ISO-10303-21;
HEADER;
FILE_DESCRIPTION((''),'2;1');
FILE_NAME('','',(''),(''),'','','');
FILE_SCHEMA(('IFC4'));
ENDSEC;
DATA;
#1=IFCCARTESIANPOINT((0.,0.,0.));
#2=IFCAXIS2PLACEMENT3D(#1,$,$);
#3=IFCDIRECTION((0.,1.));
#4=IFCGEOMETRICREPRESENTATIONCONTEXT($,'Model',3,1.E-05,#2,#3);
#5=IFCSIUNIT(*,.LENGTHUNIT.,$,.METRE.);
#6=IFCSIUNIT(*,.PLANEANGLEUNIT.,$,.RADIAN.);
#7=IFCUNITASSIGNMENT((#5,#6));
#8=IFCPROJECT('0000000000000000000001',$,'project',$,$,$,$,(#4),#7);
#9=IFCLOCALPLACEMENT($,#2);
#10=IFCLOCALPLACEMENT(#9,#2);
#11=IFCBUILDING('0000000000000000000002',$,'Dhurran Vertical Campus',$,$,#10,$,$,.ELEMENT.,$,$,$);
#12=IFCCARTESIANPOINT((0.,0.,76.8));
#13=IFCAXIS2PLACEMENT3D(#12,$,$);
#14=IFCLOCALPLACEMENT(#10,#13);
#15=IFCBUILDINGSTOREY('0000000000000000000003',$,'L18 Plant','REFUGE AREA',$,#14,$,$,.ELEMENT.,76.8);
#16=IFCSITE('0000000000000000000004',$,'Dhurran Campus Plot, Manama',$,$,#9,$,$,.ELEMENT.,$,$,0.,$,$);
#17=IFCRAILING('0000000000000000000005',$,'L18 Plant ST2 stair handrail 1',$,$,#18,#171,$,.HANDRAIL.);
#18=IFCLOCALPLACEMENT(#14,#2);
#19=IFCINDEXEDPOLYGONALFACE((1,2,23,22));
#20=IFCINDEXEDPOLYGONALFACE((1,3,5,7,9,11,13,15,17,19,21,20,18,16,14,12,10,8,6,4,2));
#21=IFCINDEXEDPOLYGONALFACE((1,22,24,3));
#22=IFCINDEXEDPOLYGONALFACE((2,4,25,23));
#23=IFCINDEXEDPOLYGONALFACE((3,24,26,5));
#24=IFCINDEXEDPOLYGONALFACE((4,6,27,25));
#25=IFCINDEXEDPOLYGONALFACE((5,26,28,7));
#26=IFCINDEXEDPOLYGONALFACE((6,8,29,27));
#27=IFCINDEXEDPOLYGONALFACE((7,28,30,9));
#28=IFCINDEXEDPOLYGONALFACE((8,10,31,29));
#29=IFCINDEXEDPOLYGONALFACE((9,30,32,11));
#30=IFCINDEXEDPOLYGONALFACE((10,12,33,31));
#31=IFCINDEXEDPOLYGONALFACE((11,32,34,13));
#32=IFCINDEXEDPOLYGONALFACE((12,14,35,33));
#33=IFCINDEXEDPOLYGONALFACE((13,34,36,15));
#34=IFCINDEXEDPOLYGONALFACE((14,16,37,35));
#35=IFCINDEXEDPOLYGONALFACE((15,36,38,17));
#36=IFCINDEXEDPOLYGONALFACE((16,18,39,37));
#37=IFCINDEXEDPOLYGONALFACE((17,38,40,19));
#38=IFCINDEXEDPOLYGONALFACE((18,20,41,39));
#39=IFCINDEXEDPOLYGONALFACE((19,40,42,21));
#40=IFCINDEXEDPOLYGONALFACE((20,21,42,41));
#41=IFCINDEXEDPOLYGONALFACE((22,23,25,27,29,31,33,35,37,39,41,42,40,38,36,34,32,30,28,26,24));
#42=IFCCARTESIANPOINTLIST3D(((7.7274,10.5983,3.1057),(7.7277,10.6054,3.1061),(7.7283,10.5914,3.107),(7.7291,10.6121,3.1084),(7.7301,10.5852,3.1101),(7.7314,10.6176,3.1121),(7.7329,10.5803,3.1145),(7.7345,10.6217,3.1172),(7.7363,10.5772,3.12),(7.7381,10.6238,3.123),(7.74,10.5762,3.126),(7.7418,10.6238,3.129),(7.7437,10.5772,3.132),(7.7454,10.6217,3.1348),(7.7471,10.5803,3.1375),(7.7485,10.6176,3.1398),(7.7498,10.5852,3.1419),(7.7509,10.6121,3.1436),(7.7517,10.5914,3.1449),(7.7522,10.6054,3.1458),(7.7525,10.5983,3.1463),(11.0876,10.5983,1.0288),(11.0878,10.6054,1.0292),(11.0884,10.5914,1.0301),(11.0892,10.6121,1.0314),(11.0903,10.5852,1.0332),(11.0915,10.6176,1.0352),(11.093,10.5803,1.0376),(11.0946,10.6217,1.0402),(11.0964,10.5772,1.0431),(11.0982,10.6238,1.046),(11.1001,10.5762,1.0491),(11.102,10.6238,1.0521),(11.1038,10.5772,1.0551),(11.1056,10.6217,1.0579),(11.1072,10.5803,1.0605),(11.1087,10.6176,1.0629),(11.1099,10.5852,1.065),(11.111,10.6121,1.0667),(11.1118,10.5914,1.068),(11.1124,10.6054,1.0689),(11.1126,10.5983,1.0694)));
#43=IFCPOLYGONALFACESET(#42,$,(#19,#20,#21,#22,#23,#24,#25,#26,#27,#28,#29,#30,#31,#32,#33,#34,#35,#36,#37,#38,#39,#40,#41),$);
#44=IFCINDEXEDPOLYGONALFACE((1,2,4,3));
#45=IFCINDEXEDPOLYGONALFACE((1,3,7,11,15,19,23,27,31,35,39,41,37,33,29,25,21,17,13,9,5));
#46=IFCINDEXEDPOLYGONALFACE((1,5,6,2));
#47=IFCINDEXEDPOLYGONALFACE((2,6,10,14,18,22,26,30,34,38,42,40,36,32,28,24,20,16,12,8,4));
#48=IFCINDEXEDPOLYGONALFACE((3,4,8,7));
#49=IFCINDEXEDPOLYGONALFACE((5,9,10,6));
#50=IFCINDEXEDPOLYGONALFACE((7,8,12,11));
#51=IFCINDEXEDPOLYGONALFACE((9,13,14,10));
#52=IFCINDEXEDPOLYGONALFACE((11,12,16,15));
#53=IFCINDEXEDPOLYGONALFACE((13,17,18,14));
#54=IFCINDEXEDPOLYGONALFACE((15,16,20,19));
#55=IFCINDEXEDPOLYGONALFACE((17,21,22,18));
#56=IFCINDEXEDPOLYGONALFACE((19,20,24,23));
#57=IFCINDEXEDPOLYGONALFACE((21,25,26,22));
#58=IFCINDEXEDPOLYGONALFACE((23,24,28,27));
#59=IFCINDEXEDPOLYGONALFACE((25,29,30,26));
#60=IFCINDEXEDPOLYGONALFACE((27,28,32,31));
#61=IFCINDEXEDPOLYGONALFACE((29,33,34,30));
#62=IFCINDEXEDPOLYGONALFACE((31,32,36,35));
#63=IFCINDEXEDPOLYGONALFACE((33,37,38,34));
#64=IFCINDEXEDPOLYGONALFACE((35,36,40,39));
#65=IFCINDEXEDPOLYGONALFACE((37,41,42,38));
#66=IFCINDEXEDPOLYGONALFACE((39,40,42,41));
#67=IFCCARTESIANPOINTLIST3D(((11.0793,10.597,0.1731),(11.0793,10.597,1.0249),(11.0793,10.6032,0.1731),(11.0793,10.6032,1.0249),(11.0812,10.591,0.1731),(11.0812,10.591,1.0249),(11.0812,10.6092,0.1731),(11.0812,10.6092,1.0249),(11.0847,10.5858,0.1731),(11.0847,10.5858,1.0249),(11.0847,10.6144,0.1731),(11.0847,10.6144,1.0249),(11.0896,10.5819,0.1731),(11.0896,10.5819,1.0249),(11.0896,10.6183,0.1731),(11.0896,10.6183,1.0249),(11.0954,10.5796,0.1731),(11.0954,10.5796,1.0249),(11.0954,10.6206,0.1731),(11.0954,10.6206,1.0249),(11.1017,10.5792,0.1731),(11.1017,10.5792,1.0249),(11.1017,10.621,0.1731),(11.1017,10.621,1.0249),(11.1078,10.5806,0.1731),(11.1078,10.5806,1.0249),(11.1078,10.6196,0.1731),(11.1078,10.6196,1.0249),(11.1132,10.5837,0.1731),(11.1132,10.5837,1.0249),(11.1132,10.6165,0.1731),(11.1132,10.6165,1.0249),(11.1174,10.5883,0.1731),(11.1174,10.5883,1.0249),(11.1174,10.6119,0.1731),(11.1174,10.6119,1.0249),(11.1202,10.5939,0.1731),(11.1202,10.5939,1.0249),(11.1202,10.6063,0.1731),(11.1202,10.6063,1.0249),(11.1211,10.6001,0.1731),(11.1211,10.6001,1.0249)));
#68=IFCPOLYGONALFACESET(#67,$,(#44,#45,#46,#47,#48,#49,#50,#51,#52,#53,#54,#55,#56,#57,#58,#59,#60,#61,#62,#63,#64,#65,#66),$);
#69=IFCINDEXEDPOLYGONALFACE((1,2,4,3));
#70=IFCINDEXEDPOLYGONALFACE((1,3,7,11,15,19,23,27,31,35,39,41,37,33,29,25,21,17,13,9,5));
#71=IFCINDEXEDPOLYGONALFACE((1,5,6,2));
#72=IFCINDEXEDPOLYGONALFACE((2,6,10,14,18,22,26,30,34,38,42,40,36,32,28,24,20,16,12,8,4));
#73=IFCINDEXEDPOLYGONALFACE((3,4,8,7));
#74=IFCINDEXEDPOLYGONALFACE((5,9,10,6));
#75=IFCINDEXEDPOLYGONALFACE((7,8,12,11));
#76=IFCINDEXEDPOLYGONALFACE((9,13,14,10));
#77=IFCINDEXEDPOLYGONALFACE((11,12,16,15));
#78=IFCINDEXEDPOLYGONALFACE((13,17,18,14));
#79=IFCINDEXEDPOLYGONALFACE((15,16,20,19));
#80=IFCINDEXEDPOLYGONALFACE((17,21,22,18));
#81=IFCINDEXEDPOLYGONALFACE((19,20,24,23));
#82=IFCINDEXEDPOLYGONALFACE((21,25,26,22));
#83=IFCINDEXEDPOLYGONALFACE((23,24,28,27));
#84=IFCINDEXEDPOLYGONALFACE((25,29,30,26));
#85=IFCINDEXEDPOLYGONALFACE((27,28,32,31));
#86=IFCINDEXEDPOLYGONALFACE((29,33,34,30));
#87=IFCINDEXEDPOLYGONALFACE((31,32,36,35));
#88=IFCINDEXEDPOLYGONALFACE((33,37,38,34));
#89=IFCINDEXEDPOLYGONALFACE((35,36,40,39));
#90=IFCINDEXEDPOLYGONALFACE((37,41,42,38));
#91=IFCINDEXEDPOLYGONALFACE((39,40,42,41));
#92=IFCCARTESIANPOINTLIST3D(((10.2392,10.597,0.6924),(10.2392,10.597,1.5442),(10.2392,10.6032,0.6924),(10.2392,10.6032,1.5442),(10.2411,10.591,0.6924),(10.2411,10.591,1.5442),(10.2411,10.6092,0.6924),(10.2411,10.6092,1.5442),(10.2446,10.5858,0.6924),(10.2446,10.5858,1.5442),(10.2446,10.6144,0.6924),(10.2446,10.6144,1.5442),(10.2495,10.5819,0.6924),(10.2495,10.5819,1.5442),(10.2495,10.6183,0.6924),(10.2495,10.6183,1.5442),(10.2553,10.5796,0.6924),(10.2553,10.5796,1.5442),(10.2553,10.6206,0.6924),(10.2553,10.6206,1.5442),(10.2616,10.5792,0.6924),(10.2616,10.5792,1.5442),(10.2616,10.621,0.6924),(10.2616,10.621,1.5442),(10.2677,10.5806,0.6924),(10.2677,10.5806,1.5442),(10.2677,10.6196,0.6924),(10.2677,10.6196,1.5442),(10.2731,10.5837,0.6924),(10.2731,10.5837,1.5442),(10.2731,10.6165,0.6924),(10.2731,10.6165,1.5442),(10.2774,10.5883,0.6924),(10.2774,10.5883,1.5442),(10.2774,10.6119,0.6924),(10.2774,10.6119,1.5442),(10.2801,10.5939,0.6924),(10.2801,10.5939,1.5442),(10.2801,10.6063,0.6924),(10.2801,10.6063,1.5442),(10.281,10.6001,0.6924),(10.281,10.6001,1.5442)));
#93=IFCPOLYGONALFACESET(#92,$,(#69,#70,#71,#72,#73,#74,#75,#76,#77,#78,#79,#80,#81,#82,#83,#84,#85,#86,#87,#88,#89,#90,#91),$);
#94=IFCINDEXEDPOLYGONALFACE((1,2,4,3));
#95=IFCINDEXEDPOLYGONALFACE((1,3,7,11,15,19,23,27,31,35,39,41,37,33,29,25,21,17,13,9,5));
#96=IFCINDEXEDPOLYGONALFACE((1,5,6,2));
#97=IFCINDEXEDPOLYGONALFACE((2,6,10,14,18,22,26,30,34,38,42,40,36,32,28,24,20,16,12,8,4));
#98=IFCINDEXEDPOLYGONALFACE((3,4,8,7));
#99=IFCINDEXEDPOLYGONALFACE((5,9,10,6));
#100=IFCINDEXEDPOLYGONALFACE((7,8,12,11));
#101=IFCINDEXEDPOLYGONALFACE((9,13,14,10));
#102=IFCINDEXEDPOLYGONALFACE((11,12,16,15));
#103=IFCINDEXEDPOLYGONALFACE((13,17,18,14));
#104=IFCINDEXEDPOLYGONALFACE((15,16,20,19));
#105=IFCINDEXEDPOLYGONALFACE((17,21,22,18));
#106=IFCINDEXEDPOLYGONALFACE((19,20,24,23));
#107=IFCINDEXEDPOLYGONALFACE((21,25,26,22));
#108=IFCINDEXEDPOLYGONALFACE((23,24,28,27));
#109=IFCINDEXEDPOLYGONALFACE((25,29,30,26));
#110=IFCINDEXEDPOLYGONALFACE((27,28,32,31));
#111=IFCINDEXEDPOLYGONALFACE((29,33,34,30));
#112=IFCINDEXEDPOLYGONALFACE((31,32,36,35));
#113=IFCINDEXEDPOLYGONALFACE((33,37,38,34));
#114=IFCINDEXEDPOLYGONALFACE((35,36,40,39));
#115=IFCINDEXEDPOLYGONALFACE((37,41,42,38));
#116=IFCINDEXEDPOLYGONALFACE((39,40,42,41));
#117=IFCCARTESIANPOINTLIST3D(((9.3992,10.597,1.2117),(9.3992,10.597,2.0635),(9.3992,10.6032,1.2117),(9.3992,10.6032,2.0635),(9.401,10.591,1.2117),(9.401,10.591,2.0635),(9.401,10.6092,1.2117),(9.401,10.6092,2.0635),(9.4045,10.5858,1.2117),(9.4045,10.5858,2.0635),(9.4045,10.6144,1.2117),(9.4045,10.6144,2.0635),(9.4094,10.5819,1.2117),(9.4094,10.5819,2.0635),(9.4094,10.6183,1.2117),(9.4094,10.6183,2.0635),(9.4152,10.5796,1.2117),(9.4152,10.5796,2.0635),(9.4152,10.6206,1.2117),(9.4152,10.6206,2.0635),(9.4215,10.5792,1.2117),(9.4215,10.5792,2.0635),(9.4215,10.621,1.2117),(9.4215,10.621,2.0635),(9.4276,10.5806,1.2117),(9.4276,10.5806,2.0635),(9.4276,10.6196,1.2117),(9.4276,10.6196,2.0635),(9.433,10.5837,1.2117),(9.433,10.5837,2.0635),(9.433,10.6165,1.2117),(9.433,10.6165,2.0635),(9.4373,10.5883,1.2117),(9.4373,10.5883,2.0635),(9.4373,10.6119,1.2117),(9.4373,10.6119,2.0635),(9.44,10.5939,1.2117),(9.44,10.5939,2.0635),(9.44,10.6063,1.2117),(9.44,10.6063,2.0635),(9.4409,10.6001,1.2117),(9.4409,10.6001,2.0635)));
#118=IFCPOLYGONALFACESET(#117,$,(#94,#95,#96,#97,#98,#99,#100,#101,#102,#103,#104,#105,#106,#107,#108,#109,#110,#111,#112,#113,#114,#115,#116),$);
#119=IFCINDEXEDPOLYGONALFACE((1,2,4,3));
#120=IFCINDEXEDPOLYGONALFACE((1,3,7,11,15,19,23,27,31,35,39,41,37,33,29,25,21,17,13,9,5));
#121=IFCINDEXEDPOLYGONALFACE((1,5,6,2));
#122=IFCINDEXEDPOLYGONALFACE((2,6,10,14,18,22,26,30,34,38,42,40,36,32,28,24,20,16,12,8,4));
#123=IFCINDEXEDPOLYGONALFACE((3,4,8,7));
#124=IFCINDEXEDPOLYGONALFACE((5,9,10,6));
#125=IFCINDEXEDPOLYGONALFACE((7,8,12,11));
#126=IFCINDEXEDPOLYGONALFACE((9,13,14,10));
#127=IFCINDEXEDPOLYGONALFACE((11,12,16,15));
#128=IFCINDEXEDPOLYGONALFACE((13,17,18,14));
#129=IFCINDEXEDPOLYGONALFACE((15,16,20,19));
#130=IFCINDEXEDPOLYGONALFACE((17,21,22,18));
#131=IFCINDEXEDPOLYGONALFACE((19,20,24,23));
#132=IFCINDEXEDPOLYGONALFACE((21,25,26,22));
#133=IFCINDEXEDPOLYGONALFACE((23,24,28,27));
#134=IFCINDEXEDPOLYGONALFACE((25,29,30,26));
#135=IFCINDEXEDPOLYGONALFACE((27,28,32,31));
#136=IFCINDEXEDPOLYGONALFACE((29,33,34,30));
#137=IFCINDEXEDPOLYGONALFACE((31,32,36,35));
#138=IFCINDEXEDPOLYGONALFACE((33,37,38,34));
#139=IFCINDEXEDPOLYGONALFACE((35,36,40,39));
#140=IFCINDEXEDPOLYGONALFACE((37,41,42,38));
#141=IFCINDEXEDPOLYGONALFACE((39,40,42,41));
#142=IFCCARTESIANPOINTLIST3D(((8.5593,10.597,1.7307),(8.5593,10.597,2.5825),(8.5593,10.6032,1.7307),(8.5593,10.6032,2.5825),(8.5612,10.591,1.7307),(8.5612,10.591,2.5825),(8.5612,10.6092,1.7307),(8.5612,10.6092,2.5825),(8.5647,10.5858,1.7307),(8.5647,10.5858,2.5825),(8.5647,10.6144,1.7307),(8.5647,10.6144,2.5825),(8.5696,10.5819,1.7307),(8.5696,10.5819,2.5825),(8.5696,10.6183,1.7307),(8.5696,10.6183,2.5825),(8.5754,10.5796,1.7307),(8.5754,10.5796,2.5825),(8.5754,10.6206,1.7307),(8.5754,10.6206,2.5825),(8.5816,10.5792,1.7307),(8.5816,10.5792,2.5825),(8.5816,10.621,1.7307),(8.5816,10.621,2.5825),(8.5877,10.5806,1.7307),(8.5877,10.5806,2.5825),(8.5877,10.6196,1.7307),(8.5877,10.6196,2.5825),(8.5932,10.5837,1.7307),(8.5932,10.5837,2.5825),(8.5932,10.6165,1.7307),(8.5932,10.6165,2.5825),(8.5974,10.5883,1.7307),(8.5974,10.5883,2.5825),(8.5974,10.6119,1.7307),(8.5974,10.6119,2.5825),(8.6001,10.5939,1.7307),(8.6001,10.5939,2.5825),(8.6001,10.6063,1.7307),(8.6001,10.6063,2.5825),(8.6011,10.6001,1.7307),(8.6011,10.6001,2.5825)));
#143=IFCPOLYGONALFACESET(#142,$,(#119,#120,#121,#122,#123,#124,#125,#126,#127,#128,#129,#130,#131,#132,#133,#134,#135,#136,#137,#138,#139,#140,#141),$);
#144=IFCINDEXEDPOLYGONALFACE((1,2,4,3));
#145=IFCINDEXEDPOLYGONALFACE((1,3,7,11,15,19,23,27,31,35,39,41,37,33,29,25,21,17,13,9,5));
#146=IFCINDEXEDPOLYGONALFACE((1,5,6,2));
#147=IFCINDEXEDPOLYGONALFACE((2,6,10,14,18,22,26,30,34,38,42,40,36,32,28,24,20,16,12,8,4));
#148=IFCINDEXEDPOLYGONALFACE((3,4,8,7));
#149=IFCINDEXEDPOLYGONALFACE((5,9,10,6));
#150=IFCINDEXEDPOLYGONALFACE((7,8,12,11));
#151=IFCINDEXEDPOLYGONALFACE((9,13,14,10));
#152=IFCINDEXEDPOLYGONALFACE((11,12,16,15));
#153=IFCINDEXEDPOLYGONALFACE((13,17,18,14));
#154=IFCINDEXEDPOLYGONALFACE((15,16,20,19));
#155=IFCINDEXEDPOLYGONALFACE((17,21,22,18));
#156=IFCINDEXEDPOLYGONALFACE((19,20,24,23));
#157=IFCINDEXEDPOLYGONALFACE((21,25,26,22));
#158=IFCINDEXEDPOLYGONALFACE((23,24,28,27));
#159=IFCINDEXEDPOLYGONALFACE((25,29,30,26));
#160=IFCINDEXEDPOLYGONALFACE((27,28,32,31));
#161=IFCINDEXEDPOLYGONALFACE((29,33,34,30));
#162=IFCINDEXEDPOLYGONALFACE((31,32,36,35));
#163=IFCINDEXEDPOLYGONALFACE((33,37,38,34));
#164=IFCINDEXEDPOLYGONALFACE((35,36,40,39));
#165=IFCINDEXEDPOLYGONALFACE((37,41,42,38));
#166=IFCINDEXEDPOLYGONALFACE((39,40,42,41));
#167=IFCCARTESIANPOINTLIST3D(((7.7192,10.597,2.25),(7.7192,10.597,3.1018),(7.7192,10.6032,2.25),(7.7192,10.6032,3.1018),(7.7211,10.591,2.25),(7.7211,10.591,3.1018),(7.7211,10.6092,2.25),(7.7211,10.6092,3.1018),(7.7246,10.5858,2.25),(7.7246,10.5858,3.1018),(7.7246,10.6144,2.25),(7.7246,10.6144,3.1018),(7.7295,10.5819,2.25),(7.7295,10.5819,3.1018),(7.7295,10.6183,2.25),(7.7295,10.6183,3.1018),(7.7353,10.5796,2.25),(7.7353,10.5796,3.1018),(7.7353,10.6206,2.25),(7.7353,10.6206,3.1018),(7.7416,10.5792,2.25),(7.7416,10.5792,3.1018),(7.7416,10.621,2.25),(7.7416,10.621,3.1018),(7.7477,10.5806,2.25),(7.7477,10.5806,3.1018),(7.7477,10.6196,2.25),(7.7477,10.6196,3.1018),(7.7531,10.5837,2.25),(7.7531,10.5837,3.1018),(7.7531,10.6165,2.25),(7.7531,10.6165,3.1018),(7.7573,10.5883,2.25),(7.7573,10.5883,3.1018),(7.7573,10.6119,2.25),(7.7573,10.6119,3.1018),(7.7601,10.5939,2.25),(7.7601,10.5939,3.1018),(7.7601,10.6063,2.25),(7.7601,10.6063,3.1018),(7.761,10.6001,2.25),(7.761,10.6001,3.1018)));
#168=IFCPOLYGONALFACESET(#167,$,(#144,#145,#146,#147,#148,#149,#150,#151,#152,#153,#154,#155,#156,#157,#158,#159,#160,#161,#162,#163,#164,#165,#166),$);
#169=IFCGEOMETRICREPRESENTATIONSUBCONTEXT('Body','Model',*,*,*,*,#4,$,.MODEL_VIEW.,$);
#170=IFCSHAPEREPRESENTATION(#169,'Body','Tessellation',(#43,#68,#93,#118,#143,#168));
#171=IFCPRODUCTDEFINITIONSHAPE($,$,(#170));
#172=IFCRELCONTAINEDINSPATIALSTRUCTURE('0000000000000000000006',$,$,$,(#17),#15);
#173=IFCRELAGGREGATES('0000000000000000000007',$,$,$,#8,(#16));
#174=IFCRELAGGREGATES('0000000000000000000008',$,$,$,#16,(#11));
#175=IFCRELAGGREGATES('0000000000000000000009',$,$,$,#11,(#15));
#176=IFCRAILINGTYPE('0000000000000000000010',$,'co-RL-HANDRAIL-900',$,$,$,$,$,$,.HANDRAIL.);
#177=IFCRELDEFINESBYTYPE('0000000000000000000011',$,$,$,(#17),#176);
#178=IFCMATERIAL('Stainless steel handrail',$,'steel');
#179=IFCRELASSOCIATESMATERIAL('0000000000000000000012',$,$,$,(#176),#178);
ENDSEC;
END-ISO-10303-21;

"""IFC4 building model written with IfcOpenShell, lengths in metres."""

from ifc_helpers import new_model, si_unit, direction, frame, origin, origin_2d, place, context, subcontext, project, spatial, circle, extrude, material, type_object, element, save


model = new_model("IFC4")

# Units and contexts
model_context = context("Model", 3, precision=1e-05, world=origin(), true_north=direction((0.0, 1.0)))
body_context = subcontext(model_context, "Body", "Model", "MODEL_VIEW")
ifc_project = project(units=[si_unit("LENGTHUNIT", "METRE"), si_unit("PLANEANGLEUNIT", "RADIAN")], contexts=[model_context])

# Site, building, storey
site_placement = place(None, origin())
site = spatial("IfcSite", under=ifc_project, at=site_placement, Name="Dhurran Campus Plot, Manama", CompositionType="ELEMENT", RefElevation=0.0)
building_placement = place(site_placement, origin())
building = spatial("IfcBuilding", under=site, at=building_placement, Name="Dhurran Vertical Campus", CompositionType="ELEMENT")
storey_placement = place(building_placement, frame((0.0, 0.0, 76.8)))
storey = spatial("IfcBuildingStorey", under=building, at=storey_placement, Name="L18 Plant", Description="REFUGE AREA", CompositionType="ELEMENT", Elevation=76.8)

# Railing
ifc_material_1 = material(Name="Stainless steel handrail", Category="steel")
railing_type_1 = type_object("IfcRailingType", Name="co-RL-HANDRAIL-900", PredefinedType="HANDRAIL", material=ifc_material_1)
railing_1_placement = place(storey_placement, frame((11.1001, 10.6001, 0.1731)))
element("IfcRailing", 1, at=railing_1_placement, inside=storey, type_object=railing_type_1, Name="L18 Plant ST2 stair handrail 1", PredefinedType="HANDRAIL", context=body_context, shape_type="SweptSolid", body=[
    extrude(circle(Radius=0.0239, at=origin_2d()), frame((0.0, 0.0, 0.876), z_axis=(-0.850623, 0.0, 0.525776), x_axis=(0.0, -1.0, 0.0)), (0.0, 0.0, 1.0), 3.9502),
    extrude(circle(Radius=0.021, at=origin_2d()), origin(), (0.0, 0.0, 1.0), 0.8518),
    extrude(circle(Radius=0.021, at=origin_2d()), frame((-0.8401, 0.0, 0.5193)), (0.0, 0.0, 1.0), 0.8518),
    extrude(circle(Radius=0.021, at=origin_2d()), frame((-1.6802, 0.0, 1.0386)), (0.0, 0.0, 1.0), 0.8518),
    extrude(circle(Radius=0.021, at=origin_2d()), frame((-2.52, 0.0, 1.5576)), (0.0, 0.0, 1.0), 0.8518),
    extrude(circle(Radius=0.021, at=origin_2d()), frame((-3.3601, 0.0, 2.0769)), (0.0, 0.0, 1.0), 0.8518),
])

save(model, "model.ifc")
